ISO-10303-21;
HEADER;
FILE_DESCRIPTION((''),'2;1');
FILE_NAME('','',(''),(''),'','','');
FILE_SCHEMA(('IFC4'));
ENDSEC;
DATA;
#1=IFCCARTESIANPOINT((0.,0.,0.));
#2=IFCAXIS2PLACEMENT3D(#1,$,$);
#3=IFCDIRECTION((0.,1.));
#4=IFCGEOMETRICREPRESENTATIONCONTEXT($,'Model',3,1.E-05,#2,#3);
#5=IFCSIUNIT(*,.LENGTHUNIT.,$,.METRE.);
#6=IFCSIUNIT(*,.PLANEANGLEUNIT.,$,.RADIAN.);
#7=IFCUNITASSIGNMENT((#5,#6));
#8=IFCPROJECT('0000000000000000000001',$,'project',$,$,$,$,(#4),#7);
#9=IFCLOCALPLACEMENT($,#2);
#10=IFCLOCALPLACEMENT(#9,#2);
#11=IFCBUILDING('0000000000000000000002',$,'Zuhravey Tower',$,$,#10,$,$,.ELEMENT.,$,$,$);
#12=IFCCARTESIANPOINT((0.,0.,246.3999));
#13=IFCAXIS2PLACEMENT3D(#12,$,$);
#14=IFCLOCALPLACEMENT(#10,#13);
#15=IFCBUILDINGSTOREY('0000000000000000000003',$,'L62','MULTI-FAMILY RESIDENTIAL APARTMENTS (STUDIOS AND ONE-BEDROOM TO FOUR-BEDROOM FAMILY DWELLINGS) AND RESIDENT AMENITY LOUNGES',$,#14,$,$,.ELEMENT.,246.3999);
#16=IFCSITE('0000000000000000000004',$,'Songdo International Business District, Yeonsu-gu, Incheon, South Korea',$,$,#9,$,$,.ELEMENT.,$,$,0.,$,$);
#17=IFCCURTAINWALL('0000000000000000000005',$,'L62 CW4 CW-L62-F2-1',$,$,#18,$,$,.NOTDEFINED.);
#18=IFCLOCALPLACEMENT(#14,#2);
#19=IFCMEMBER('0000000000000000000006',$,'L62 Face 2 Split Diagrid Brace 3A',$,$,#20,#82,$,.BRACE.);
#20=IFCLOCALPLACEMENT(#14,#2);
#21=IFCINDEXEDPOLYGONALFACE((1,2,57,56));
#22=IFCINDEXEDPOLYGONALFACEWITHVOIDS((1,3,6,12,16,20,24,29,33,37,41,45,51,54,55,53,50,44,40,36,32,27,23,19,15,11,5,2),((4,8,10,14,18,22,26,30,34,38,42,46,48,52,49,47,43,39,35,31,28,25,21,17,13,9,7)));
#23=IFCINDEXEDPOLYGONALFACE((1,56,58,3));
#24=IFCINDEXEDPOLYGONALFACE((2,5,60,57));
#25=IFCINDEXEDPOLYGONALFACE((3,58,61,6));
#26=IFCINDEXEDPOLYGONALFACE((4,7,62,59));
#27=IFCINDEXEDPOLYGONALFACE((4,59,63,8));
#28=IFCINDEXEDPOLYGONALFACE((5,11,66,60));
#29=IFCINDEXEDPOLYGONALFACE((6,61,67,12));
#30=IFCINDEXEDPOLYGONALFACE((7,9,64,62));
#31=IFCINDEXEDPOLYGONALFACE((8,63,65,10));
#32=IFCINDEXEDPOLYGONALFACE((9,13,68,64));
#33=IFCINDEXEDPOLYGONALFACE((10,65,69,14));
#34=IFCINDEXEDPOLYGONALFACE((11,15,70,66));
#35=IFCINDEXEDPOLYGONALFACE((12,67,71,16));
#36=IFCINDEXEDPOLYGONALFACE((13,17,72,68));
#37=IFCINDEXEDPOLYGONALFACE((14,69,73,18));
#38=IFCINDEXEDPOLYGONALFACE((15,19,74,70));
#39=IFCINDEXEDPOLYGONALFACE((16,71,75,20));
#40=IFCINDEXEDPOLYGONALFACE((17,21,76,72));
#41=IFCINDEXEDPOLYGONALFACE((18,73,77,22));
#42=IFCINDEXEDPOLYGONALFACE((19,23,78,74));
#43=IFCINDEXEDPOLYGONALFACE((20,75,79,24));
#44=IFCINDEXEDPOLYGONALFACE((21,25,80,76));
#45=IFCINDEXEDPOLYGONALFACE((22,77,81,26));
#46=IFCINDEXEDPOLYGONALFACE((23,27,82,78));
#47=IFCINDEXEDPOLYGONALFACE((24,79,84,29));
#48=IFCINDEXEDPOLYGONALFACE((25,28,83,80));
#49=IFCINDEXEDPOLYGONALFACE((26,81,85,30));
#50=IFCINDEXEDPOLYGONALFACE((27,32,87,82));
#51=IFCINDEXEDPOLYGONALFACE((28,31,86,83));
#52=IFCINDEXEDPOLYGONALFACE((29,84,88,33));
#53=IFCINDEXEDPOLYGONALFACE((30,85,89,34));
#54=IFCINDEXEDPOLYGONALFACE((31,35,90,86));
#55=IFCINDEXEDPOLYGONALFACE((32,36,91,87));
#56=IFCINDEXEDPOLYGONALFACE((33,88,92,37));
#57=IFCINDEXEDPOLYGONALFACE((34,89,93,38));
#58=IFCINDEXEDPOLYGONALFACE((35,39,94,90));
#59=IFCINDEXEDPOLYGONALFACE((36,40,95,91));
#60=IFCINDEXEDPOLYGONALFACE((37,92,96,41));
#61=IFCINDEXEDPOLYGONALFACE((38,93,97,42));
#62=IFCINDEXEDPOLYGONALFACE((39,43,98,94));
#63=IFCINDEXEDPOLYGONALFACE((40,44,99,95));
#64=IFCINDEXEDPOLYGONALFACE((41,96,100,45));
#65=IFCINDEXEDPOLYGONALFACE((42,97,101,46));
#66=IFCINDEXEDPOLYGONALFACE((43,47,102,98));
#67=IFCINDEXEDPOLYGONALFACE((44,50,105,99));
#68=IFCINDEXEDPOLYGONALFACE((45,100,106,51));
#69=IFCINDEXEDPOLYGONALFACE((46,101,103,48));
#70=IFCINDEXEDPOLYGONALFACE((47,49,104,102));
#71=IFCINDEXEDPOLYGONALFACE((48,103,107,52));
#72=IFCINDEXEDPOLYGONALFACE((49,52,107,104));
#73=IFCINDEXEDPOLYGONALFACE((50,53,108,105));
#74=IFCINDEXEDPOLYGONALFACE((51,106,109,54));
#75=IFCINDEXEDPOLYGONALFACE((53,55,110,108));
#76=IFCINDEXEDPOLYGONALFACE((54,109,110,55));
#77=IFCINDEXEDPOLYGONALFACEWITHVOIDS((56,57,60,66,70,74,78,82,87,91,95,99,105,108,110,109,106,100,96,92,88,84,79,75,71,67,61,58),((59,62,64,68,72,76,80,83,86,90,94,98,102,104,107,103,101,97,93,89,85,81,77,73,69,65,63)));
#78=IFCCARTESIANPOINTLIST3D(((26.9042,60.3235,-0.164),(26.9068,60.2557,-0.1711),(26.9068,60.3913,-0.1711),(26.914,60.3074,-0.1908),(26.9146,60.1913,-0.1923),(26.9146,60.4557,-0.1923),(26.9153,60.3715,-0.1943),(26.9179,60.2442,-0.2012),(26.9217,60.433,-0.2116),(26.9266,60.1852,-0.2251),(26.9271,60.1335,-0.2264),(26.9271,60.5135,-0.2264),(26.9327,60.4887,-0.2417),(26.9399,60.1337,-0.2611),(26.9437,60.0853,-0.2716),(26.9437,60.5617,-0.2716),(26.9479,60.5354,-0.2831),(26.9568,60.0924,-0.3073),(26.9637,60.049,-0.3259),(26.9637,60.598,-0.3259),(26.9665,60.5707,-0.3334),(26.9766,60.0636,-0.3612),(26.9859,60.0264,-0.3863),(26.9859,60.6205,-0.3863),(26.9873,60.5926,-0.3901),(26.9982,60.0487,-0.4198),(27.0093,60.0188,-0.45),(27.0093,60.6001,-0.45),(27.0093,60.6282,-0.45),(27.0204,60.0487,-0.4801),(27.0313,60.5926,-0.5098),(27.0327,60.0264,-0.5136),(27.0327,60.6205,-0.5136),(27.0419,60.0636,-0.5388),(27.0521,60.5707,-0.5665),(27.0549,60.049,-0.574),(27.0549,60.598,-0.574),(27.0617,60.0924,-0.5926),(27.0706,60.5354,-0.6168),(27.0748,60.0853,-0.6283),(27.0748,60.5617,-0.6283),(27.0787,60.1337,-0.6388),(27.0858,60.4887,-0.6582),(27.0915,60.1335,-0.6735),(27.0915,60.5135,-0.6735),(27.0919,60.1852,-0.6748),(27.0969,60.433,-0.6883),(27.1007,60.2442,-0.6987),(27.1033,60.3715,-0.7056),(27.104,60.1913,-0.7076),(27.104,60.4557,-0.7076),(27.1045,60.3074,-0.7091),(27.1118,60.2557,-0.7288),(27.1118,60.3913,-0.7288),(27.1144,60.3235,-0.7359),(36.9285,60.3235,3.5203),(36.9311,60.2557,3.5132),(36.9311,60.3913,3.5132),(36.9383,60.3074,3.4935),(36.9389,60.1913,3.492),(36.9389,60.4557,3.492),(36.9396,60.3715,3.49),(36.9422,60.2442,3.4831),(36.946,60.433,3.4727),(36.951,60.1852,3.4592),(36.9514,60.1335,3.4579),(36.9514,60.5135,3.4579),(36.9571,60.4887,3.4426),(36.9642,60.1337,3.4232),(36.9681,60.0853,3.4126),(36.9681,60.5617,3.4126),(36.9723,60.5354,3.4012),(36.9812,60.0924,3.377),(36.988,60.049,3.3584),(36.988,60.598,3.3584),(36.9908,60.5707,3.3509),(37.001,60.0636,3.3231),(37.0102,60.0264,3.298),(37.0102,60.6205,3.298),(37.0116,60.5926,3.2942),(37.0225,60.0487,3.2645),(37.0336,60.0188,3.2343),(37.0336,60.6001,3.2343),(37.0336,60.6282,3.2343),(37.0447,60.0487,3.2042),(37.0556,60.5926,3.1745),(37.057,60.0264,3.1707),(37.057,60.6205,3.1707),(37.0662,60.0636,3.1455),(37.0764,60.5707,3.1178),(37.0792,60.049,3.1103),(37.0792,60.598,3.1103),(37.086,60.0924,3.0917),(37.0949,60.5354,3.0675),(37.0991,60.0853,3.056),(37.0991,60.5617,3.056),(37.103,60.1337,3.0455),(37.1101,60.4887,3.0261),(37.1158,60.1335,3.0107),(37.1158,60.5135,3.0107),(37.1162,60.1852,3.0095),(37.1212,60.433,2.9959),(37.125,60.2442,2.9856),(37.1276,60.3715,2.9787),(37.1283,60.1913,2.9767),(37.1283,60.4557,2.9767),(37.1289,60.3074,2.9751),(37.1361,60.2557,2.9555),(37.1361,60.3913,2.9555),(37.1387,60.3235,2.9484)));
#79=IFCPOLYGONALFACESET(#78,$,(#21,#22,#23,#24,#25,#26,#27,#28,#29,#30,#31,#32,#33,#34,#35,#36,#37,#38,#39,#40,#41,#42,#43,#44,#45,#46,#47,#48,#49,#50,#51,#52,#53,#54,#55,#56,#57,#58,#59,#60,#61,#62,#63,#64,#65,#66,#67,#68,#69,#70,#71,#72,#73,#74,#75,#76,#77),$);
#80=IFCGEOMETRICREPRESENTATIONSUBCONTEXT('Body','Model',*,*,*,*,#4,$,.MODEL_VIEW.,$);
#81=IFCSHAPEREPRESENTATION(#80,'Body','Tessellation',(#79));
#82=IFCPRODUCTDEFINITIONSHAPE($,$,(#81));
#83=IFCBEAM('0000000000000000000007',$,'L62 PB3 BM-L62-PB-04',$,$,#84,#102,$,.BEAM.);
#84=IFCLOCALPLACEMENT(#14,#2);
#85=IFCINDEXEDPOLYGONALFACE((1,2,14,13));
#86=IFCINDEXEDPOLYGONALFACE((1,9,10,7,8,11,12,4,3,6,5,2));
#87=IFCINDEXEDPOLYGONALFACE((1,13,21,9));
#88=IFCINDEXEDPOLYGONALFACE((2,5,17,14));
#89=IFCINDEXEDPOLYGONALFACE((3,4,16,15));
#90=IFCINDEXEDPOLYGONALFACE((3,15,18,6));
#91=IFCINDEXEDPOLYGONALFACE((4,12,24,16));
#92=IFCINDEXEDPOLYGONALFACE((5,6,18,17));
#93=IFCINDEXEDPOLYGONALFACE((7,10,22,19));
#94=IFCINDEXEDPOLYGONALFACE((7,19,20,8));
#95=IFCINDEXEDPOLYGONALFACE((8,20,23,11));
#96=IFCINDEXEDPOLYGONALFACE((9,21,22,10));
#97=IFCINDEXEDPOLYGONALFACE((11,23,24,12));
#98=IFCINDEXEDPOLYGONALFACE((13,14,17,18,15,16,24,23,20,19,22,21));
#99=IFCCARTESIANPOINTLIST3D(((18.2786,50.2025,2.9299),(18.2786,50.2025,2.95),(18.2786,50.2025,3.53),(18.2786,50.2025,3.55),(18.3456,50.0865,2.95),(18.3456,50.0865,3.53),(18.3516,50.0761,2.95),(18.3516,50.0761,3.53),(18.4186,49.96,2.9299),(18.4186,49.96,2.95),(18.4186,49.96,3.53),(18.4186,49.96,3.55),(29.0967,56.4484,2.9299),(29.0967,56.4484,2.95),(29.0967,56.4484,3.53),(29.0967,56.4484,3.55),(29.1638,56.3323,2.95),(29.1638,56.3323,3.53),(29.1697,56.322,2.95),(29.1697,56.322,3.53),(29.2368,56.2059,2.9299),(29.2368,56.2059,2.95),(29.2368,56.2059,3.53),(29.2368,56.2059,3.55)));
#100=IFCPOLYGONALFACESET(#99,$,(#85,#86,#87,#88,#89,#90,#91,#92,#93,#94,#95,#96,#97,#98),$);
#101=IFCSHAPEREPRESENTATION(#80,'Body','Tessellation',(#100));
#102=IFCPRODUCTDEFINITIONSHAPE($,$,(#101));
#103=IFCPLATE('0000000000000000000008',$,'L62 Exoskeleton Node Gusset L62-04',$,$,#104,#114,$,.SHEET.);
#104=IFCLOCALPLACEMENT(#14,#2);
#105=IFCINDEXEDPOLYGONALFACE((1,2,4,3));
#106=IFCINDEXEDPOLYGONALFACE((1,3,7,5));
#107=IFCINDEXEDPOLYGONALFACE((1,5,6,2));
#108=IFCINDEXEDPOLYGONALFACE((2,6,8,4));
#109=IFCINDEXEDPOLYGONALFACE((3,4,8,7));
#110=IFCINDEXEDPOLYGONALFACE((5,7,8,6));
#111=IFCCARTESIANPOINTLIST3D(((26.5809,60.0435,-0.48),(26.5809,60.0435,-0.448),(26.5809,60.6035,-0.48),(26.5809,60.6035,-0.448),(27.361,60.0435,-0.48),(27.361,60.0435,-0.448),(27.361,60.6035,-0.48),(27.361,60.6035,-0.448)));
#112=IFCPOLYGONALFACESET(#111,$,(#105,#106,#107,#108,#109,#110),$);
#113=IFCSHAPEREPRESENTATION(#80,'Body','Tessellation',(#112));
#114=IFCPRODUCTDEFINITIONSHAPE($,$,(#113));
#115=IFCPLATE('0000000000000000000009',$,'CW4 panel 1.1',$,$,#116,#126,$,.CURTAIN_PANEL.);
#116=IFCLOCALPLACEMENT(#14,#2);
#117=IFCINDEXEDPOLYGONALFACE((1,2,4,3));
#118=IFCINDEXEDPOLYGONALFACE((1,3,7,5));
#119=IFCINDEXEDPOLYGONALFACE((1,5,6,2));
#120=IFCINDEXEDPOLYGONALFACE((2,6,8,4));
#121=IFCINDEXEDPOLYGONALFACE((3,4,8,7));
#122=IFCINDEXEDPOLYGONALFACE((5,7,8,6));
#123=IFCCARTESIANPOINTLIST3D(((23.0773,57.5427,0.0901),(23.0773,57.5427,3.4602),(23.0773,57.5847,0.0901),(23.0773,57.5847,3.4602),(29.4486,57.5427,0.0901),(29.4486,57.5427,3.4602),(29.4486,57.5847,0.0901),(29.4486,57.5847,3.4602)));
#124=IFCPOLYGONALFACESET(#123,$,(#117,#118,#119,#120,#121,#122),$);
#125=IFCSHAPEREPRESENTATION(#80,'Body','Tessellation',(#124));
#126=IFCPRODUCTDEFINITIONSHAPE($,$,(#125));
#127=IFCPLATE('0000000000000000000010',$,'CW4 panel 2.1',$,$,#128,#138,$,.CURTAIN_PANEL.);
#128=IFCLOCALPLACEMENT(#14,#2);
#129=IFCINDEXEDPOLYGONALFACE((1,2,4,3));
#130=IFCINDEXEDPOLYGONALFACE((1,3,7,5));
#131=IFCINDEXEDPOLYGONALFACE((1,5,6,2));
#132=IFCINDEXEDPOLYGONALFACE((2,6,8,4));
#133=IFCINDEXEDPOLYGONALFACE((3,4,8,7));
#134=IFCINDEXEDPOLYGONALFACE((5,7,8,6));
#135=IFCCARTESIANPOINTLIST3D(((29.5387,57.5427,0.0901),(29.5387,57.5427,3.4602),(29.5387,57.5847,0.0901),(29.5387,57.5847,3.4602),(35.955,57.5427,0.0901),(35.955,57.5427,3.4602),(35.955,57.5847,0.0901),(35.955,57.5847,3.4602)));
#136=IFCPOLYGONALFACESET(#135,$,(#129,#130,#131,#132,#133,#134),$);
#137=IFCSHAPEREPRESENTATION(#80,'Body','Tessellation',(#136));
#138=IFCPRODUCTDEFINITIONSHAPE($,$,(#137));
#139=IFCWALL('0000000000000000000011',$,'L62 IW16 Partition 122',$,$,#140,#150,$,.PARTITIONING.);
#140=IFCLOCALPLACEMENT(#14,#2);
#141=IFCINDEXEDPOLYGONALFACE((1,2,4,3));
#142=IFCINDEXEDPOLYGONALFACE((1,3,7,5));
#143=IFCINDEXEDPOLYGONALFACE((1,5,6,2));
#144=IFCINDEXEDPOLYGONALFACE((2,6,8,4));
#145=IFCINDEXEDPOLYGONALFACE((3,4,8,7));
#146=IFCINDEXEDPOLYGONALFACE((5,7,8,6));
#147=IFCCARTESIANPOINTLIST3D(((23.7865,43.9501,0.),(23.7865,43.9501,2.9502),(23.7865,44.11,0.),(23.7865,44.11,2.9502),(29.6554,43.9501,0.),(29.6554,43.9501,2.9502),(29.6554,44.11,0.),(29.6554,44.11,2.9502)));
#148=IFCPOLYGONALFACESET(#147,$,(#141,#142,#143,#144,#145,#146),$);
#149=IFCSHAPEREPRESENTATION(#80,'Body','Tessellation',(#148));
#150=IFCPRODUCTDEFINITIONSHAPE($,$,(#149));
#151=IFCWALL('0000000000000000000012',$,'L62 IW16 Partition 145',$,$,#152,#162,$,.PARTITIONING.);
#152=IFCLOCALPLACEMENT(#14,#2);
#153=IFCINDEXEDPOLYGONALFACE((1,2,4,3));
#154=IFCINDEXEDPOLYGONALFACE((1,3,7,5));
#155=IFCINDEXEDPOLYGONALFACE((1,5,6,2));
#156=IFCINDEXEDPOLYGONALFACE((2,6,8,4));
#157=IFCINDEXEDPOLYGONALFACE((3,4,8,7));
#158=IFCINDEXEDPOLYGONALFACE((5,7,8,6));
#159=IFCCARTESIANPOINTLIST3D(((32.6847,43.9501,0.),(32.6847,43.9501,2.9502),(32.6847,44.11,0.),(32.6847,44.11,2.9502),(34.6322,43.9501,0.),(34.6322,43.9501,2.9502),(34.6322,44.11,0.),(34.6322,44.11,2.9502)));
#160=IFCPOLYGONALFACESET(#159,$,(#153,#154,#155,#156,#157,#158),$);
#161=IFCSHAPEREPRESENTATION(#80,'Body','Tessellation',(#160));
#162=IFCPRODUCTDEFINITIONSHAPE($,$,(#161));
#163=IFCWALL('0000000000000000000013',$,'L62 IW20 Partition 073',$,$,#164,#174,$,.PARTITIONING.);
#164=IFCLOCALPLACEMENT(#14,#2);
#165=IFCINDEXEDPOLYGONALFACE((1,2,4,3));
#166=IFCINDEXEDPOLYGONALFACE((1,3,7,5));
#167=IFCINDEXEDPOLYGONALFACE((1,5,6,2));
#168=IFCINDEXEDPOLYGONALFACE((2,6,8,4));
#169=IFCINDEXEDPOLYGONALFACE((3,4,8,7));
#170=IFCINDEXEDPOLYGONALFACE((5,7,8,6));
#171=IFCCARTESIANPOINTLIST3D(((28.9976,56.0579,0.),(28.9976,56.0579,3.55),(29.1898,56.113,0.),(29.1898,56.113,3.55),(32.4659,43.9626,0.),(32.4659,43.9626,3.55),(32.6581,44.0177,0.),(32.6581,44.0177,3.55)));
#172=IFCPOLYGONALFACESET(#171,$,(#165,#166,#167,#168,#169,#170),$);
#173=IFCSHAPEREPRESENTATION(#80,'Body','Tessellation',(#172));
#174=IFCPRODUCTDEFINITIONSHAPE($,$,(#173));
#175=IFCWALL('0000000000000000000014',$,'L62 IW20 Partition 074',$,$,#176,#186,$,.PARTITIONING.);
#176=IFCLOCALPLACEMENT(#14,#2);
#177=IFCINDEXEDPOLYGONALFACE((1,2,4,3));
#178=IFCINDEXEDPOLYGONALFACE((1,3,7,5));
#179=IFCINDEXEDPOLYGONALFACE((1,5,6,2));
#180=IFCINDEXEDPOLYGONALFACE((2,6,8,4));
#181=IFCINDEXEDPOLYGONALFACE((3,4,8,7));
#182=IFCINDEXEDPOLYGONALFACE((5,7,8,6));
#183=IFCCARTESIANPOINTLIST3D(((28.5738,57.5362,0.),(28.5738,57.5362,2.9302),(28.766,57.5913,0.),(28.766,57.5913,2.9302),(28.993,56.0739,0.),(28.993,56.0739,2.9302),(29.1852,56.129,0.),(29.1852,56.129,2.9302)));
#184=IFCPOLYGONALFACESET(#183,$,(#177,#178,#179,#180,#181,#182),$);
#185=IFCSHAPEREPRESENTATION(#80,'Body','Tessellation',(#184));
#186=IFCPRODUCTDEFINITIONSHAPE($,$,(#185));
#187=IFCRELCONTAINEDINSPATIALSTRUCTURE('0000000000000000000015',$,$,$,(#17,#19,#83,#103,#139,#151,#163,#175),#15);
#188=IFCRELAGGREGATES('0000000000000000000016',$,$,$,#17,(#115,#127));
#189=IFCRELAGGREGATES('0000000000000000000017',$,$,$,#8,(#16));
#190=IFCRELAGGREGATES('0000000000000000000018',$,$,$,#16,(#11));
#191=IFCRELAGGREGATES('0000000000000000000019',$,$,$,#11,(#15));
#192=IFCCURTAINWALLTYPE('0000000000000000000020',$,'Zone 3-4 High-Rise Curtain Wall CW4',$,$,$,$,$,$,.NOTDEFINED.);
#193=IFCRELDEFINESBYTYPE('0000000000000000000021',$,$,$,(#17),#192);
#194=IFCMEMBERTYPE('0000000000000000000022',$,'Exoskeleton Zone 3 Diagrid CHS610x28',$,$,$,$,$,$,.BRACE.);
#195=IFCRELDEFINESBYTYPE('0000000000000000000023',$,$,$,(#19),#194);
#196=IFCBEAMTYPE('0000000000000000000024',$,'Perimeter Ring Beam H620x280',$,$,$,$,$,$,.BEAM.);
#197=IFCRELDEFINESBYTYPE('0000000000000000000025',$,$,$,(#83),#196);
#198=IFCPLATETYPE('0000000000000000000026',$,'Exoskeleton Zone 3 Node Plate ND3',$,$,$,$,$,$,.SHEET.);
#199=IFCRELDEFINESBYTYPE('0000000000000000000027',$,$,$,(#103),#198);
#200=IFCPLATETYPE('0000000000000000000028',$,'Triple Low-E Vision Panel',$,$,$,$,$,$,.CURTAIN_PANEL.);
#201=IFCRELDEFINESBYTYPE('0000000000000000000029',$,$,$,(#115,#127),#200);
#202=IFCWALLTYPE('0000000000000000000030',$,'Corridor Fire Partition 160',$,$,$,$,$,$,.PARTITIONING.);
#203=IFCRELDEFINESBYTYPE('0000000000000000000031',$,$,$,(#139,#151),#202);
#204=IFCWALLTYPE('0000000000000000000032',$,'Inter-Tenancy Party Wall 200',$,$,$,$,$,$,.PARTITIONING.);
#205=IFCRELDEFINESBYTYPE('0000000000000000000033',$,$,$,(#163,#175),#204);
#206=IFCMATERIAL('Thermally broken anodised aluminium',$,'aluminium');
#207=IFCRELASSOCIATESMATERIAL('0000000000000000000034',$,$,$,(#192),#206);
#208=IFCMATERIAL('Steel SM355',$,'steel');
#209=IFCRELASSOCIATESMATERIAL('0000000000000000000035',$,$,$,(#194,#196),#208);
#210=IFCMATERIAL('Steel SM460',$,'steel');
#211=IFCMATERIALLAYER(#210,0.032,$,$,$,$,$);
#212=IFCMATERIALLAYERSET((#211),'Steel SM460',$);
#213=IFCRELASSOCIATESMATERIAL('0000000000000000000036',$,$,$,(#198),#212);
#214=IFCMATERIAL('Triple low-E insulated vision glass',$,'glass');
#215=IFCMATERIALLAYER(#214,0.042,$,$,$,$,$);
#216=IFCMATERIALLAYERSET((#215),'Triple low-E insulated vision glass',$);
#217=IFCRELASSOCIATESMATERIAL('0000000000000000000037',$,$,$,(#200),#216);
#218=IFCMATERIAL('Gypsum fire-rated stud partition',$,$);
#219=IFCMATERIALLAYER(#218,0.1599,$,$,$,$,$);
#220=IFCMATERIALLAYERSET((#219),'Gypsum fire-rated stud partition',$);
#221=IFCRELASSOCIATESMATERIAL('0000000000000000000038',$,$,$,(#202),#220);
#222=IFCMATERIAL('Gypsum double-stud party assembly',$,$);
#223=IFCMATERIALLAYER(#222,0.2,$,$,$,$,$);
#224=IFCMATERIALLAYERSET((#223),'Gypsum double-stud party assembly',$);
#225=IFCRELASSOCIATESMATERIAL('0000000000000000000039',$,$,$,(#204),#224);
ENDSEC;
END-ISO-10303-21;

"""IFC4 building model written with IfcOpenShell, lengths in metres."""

from ifc_helpers import new_model, si_unit, direction, frame, frame_2d, origin, origin_2d, place, context, subcontext, project, spatial, rectangle, hollow_circle, i_section, extrude, material, layer, layer_set, material_profile, profile_set, type_object, element, aggregate, save


model = new_model("IFC4")

# Units and contexts
model_context = context("Model", 3, precision=1e-05, world=origin(), true_north=direction((0.0, 1.0)))
body_context = subcontext(model_context, "Body", "Model", "MODEL_VIEW")
ifc_project = project(units=[si_unit("LENGTHUNIT", "METRE"), si_unit("PLANEANGLEUNIT", "RADIAN")], contexts=[model_context])

# Site, building, storey
site_placement = place(None, origin())
site = spatial("IfcSite", under=ifc_project, at=site_placement, Name="Songdo International Business District, Yeonsu-gu, Incheon, South Korea", CompositionType="ELEMENT", RefElevation=0.0)
building_placement = place(site_placement, origin())
building = spatial("IfcBuilding", under=site, at=building_placement, Name="Zuhravey Tower", CompositionType="ELEMENT")
storey_placement = place(building_placement, frame((0.0, 0.0, 246.3999)))
storey = spatial("IfcBuildingStorey", under=building, at=storey_placement, Name="L62", Description="MULTI-FAMILY RESIDENTIAL APARTMENTS (STUDIOS AND ONE-BEDROOM TO FOUR-BEDROOM FAMILY DWELLINGS) AND RESIDENT AMENITY LOUNGES", CompositionType="ELEMENT", Elevation=246.3999)

# Curtain wall
ifc_material_1 = material(Name="Thermally broken anodised aluminium", Category="aluminium")
curtain_wall_type = type_object("IfcCurtainWallType", Name="Zone 3-4 High-Rise Curtain Wall CW4", PredefinedType="NOTDEFINED", material=ifc_material_1)
curtain_wall_placement = place(storey_placement, origin())
curtain_wall = element("IfcCurtainWall", 1, at=curtain_wall_placement, inside=storey, type_object=curtain_wall_type, Name="L62 CW4 CW-L62-F2-1", PredefinedType="NOTDEFINED")

# Member
ifc_material_2 = material(Name="Steel SM355", Category="steel")
ifc_material_profile_1 = material_profile(ifc_material_2, hollow_circle(Radius=0.3047, WallThickness=0.0281, at=origin_2d()), Name="CHS-609.6x28")
ifc_profile_set_1 = profile_set([ifc_material_profile_1], Name="Steel SM355")
member_type_1 = type_object("IfcMemberType", Name="Exoskeleton Zone 3 Diagrid CHS610x28", PredefinedType="BRACE", material=ifc_profile_set_1)
member_1_placement = place(storey_placement, frame((27.0093, 60.3235, -0.45), z_axis=(0.938613, 0.0, 0.344973), x_axis=(0.0, 1.0, 0.0)))
element("IfcMember", 2, at=member_1_placement, inside=storey, type_object=member_type_1, Name="L62 Face 2 Split Diagrid Brace 3A", PredefinedType="BRACE", context=body_context, shape_type="SweptSolid", body=[
    extrude(hollow_circle(Radius=0.3047, WallThickness=0.0281, at=origin_2d()), origin(), (0.0, 0.0, 1.0), 10.6799),
])

# Beam
ifc_material_profile_2 = material_profile(ifc_material_2, i_section(OverallWidth=0.28, OverallDepth=0.6201, WebThickness=0.012, FlangeThickness=0.02, at=origin_2d()), Name="H-620x280x12x20")
ifc_profile_set_2 = profile_set([ifc_material_profile_2], Name="Steel SM355")
beam_type = type_object("IfcBeamType", Name="Perimeter Ring Beam H620x280", PredefinedType="BEAM", material=ifc_profile_set_2)
beam_placement = place(storey_placement, frame((29.1667, 56.3271, 3.24), z_axis=(-0.866025, -0.5, 0.0), x_axis=(0.5, -0.866025, 0.0)))
element("IfcBeam", 3, at=beam_placement, inside=storey, type_object=beam_type, Name="L62 PB3 BM-L62-PB-04", PredefinedType="BEAM", context=body_context, shape_type="SweptSolid", body=[
    extrude(i_section(OverallWidth=0.28, OverallDepth=0.6201, WebThickness=0.012, FlangeThickness=0.02, at=origin_2d()), origin(), (0.0, 0.0, 1.0), 12.4917),
])

# Plates
ifc_material_3 = material(Name="Steel SM460", Category="steel")
ifc_layer_1 = layer(ifc_material_3, 0.032)
ifc_layer_set_1 = layer_set([ifc_layer_1], Name="Steel SM460")
plate_type_1 = type_object("IfcPlateType", Name="Exoskeleton Zone 3 Node Plate ND3", PredefinedType="SHEET", material=ifc_layer_set_1)
plate_1_placement = place(storey_placement, frame((26.9709, 60.3235, -0.48), z_axis=(0.0, 0.0, 1.0), x_axis=(-1.0, 0.0, 0.0)))
element("IfcPlate", 4, at=plate_1_placement, inside=storey, type_object=plate_type_1, Name="L62 Exoskeleton Node Gusset L62-04", PredefinedType="SHEET", context=body_context, shape_type="SweptSolid", body=[
    extrude(rectangle(XDim=0.78, YDim=0.5601, at=origin_2d()), origin(), (0.0, 0.0, 1.0), 0.032),
])
ifc_material_4 = material(Name="Triple low-E insulated vision glass", Category="glass")
ifc_layer_2 = layer(ifc_material_4, 0.042)
ifc_layer_set_2 = layer_set([ifc_layer_2], Name="Triple low-E insulated vision glass")
plate_type_2 = type_object("IfcPlateType", Name="Triple Low-E Vision Panel", PredefinedType="CURTAIN_PANEL", material=ifc_layer_set_2)
plate_2_placement = place(storey_placement, frame((26.2629, 57.5637, 0.0901), z_axis=(0.0, 0.0, 1.0), x_axis=(1.0, 0.0, 0.0)))
plate_2 = element("IfcPlate", 5, at=plate_2_placement, type_object=plate_type_2, Name="CW4 panel 1.1", PredefinedType="CURTAIN_PANEL", context=body_context, shape_type="SweptSolid", body=[
    extrude(rectangle(XDim=6.3713, YDim=0.042, at=origin_2d()), origin(), (0.0, 0.0, 1.0), 3.3701),
])
plate_3_placement = place(storey_placement, frame((32.7468, 57.5637, 0.0901), z_axis=(0.0, 0.0, 1.0), x_axis=(1.0, 0.0, 0.0)))
plate_3 = element("IfcPlate", 6, at=plate_3_placement, type_object=plate_type_2, Name="CW4 panel 2.1", PredefinedType="CURTAIN_PANEL", context=body_context, shape_type="SweptSolid", body=[
    extrude(rectangle(XDim=6.4163, YDim=0.042, at=origin_2d()), origin(), (0.0, 0.0, 1.0), 3.3701),
])
aggregate(curtain_wall, [plate_2, plate_3])

# Shared definitions
ifc_material_5 = material(Name="Gypsum fire-rated stud partition")
ifc_layer_3 = layer(ifc_material_5, 0.1599)
ifc_layer_set_3 = layer_set([ifc_layer_3], Name="Gypsum fire-rated stud partition")
wall_type_1 = type_object("IfcWallType", Name="Corridor Fire Partition 160", PredefinedType="PARTITIONING", material=ifc_layer_set_3)

# Walls
wall_1_placement = place(storey_placement, frame((29.6555, 44.03, 0.0), z_axis=(0.0, 0.0, 1.0), x_axis=(-1.0, 0.0, 0.0)))
element("IfcWall", 7, at=wall_1_placement, inside=storey, type_object=wall_type_1, Name="L62 IW16 Partition 122", PredefinedType="PARTITIONING", context=body_context, shape_type="SweptSolid", body=[
    extrude(rectangle(XDim=5.8689, YDim=0.1599, at=frame_2d((2.9346, 0.0))), origin(), (0.0, 0.0, 1.0), 2.9502),
])
wall_2_placement = place(storey_placement, frame((34.6321, 44.03, 0.0), z_axis=(0.0, 0.0, 1.0), x_axis=(-1.0, 0.0, 0.0)))
element("IfcWall", 8, at=wall_2_placement, inside=storey, type_object=wall_type_1, Name="L62 IW16 Partition 145", PredefinedType="PARTITIONING", context=body_context, shape_type="SweptSolid", body=[
    extrude(rectangle(XDim=1.9475, YDim=0.1599, at=frame_2d((0.9736, 0.0))), origin(), (0.0, 0.0, 1.0), 2.9502),
])
ifc_material_6 = material(Name="Gypsum double-stud party assembly")
ifc_layer_4 = layer(ifc_material_6, 0.2)
ifc_layer_set_4 = layer_set([ifc_layer_4], Name="Gypsum double-stud party assembly")
wall_type_2 = type_object("IfcWallType", Name="Inter-Tenancy Party Wall 200", PredefinedType="PARTITIONING", material=ifc_layer_set_4)
wall_3_placement = place(storey_placement, frame((32.562, 43.99, 0.0), z_axis=(0.0, 0.0, 1.0), x_axis=(-0.275638, 0.961261, 0.0)))
element("IfcWall", 9, at=wall_3_placement, inside=storey, type_object=wall_type_2, Name="L62 IW20 Partition 073", PredefinedType="PARTITIONING", context=body_context, shape_type="SweptSolid", body=[
    extrude(rectangle(XDim=12.5828, YDim=0.2, at=frame_2d((6.2915, 0.0))), origin(), (0.0, 0.0, 1.0), 3.55),
])
wall_4_placement = place(storey_placement, frame((29.0891, 56.1013, 0.0), z_axis=(0.0, 0.0, 1.0), x_axis=(-0.275548, 0.961287, 0.0)))
element("IfcWall", 10, at=wall_4_placement, inside=storey, type_object=wall_type_2, Name="L62 IW20 Partition 074", PredefinedType="PARTITIONING", context=body_context, shape_type="SweptSolid", body=[
    extrude(rectangle(XDim=1.5212, YDim=0.2, at=frame_2d((0.7607, 0.0))), origin(), (0.0, 0.0, 1.0), 2.9302),
])

save(model, "model.ifc")
